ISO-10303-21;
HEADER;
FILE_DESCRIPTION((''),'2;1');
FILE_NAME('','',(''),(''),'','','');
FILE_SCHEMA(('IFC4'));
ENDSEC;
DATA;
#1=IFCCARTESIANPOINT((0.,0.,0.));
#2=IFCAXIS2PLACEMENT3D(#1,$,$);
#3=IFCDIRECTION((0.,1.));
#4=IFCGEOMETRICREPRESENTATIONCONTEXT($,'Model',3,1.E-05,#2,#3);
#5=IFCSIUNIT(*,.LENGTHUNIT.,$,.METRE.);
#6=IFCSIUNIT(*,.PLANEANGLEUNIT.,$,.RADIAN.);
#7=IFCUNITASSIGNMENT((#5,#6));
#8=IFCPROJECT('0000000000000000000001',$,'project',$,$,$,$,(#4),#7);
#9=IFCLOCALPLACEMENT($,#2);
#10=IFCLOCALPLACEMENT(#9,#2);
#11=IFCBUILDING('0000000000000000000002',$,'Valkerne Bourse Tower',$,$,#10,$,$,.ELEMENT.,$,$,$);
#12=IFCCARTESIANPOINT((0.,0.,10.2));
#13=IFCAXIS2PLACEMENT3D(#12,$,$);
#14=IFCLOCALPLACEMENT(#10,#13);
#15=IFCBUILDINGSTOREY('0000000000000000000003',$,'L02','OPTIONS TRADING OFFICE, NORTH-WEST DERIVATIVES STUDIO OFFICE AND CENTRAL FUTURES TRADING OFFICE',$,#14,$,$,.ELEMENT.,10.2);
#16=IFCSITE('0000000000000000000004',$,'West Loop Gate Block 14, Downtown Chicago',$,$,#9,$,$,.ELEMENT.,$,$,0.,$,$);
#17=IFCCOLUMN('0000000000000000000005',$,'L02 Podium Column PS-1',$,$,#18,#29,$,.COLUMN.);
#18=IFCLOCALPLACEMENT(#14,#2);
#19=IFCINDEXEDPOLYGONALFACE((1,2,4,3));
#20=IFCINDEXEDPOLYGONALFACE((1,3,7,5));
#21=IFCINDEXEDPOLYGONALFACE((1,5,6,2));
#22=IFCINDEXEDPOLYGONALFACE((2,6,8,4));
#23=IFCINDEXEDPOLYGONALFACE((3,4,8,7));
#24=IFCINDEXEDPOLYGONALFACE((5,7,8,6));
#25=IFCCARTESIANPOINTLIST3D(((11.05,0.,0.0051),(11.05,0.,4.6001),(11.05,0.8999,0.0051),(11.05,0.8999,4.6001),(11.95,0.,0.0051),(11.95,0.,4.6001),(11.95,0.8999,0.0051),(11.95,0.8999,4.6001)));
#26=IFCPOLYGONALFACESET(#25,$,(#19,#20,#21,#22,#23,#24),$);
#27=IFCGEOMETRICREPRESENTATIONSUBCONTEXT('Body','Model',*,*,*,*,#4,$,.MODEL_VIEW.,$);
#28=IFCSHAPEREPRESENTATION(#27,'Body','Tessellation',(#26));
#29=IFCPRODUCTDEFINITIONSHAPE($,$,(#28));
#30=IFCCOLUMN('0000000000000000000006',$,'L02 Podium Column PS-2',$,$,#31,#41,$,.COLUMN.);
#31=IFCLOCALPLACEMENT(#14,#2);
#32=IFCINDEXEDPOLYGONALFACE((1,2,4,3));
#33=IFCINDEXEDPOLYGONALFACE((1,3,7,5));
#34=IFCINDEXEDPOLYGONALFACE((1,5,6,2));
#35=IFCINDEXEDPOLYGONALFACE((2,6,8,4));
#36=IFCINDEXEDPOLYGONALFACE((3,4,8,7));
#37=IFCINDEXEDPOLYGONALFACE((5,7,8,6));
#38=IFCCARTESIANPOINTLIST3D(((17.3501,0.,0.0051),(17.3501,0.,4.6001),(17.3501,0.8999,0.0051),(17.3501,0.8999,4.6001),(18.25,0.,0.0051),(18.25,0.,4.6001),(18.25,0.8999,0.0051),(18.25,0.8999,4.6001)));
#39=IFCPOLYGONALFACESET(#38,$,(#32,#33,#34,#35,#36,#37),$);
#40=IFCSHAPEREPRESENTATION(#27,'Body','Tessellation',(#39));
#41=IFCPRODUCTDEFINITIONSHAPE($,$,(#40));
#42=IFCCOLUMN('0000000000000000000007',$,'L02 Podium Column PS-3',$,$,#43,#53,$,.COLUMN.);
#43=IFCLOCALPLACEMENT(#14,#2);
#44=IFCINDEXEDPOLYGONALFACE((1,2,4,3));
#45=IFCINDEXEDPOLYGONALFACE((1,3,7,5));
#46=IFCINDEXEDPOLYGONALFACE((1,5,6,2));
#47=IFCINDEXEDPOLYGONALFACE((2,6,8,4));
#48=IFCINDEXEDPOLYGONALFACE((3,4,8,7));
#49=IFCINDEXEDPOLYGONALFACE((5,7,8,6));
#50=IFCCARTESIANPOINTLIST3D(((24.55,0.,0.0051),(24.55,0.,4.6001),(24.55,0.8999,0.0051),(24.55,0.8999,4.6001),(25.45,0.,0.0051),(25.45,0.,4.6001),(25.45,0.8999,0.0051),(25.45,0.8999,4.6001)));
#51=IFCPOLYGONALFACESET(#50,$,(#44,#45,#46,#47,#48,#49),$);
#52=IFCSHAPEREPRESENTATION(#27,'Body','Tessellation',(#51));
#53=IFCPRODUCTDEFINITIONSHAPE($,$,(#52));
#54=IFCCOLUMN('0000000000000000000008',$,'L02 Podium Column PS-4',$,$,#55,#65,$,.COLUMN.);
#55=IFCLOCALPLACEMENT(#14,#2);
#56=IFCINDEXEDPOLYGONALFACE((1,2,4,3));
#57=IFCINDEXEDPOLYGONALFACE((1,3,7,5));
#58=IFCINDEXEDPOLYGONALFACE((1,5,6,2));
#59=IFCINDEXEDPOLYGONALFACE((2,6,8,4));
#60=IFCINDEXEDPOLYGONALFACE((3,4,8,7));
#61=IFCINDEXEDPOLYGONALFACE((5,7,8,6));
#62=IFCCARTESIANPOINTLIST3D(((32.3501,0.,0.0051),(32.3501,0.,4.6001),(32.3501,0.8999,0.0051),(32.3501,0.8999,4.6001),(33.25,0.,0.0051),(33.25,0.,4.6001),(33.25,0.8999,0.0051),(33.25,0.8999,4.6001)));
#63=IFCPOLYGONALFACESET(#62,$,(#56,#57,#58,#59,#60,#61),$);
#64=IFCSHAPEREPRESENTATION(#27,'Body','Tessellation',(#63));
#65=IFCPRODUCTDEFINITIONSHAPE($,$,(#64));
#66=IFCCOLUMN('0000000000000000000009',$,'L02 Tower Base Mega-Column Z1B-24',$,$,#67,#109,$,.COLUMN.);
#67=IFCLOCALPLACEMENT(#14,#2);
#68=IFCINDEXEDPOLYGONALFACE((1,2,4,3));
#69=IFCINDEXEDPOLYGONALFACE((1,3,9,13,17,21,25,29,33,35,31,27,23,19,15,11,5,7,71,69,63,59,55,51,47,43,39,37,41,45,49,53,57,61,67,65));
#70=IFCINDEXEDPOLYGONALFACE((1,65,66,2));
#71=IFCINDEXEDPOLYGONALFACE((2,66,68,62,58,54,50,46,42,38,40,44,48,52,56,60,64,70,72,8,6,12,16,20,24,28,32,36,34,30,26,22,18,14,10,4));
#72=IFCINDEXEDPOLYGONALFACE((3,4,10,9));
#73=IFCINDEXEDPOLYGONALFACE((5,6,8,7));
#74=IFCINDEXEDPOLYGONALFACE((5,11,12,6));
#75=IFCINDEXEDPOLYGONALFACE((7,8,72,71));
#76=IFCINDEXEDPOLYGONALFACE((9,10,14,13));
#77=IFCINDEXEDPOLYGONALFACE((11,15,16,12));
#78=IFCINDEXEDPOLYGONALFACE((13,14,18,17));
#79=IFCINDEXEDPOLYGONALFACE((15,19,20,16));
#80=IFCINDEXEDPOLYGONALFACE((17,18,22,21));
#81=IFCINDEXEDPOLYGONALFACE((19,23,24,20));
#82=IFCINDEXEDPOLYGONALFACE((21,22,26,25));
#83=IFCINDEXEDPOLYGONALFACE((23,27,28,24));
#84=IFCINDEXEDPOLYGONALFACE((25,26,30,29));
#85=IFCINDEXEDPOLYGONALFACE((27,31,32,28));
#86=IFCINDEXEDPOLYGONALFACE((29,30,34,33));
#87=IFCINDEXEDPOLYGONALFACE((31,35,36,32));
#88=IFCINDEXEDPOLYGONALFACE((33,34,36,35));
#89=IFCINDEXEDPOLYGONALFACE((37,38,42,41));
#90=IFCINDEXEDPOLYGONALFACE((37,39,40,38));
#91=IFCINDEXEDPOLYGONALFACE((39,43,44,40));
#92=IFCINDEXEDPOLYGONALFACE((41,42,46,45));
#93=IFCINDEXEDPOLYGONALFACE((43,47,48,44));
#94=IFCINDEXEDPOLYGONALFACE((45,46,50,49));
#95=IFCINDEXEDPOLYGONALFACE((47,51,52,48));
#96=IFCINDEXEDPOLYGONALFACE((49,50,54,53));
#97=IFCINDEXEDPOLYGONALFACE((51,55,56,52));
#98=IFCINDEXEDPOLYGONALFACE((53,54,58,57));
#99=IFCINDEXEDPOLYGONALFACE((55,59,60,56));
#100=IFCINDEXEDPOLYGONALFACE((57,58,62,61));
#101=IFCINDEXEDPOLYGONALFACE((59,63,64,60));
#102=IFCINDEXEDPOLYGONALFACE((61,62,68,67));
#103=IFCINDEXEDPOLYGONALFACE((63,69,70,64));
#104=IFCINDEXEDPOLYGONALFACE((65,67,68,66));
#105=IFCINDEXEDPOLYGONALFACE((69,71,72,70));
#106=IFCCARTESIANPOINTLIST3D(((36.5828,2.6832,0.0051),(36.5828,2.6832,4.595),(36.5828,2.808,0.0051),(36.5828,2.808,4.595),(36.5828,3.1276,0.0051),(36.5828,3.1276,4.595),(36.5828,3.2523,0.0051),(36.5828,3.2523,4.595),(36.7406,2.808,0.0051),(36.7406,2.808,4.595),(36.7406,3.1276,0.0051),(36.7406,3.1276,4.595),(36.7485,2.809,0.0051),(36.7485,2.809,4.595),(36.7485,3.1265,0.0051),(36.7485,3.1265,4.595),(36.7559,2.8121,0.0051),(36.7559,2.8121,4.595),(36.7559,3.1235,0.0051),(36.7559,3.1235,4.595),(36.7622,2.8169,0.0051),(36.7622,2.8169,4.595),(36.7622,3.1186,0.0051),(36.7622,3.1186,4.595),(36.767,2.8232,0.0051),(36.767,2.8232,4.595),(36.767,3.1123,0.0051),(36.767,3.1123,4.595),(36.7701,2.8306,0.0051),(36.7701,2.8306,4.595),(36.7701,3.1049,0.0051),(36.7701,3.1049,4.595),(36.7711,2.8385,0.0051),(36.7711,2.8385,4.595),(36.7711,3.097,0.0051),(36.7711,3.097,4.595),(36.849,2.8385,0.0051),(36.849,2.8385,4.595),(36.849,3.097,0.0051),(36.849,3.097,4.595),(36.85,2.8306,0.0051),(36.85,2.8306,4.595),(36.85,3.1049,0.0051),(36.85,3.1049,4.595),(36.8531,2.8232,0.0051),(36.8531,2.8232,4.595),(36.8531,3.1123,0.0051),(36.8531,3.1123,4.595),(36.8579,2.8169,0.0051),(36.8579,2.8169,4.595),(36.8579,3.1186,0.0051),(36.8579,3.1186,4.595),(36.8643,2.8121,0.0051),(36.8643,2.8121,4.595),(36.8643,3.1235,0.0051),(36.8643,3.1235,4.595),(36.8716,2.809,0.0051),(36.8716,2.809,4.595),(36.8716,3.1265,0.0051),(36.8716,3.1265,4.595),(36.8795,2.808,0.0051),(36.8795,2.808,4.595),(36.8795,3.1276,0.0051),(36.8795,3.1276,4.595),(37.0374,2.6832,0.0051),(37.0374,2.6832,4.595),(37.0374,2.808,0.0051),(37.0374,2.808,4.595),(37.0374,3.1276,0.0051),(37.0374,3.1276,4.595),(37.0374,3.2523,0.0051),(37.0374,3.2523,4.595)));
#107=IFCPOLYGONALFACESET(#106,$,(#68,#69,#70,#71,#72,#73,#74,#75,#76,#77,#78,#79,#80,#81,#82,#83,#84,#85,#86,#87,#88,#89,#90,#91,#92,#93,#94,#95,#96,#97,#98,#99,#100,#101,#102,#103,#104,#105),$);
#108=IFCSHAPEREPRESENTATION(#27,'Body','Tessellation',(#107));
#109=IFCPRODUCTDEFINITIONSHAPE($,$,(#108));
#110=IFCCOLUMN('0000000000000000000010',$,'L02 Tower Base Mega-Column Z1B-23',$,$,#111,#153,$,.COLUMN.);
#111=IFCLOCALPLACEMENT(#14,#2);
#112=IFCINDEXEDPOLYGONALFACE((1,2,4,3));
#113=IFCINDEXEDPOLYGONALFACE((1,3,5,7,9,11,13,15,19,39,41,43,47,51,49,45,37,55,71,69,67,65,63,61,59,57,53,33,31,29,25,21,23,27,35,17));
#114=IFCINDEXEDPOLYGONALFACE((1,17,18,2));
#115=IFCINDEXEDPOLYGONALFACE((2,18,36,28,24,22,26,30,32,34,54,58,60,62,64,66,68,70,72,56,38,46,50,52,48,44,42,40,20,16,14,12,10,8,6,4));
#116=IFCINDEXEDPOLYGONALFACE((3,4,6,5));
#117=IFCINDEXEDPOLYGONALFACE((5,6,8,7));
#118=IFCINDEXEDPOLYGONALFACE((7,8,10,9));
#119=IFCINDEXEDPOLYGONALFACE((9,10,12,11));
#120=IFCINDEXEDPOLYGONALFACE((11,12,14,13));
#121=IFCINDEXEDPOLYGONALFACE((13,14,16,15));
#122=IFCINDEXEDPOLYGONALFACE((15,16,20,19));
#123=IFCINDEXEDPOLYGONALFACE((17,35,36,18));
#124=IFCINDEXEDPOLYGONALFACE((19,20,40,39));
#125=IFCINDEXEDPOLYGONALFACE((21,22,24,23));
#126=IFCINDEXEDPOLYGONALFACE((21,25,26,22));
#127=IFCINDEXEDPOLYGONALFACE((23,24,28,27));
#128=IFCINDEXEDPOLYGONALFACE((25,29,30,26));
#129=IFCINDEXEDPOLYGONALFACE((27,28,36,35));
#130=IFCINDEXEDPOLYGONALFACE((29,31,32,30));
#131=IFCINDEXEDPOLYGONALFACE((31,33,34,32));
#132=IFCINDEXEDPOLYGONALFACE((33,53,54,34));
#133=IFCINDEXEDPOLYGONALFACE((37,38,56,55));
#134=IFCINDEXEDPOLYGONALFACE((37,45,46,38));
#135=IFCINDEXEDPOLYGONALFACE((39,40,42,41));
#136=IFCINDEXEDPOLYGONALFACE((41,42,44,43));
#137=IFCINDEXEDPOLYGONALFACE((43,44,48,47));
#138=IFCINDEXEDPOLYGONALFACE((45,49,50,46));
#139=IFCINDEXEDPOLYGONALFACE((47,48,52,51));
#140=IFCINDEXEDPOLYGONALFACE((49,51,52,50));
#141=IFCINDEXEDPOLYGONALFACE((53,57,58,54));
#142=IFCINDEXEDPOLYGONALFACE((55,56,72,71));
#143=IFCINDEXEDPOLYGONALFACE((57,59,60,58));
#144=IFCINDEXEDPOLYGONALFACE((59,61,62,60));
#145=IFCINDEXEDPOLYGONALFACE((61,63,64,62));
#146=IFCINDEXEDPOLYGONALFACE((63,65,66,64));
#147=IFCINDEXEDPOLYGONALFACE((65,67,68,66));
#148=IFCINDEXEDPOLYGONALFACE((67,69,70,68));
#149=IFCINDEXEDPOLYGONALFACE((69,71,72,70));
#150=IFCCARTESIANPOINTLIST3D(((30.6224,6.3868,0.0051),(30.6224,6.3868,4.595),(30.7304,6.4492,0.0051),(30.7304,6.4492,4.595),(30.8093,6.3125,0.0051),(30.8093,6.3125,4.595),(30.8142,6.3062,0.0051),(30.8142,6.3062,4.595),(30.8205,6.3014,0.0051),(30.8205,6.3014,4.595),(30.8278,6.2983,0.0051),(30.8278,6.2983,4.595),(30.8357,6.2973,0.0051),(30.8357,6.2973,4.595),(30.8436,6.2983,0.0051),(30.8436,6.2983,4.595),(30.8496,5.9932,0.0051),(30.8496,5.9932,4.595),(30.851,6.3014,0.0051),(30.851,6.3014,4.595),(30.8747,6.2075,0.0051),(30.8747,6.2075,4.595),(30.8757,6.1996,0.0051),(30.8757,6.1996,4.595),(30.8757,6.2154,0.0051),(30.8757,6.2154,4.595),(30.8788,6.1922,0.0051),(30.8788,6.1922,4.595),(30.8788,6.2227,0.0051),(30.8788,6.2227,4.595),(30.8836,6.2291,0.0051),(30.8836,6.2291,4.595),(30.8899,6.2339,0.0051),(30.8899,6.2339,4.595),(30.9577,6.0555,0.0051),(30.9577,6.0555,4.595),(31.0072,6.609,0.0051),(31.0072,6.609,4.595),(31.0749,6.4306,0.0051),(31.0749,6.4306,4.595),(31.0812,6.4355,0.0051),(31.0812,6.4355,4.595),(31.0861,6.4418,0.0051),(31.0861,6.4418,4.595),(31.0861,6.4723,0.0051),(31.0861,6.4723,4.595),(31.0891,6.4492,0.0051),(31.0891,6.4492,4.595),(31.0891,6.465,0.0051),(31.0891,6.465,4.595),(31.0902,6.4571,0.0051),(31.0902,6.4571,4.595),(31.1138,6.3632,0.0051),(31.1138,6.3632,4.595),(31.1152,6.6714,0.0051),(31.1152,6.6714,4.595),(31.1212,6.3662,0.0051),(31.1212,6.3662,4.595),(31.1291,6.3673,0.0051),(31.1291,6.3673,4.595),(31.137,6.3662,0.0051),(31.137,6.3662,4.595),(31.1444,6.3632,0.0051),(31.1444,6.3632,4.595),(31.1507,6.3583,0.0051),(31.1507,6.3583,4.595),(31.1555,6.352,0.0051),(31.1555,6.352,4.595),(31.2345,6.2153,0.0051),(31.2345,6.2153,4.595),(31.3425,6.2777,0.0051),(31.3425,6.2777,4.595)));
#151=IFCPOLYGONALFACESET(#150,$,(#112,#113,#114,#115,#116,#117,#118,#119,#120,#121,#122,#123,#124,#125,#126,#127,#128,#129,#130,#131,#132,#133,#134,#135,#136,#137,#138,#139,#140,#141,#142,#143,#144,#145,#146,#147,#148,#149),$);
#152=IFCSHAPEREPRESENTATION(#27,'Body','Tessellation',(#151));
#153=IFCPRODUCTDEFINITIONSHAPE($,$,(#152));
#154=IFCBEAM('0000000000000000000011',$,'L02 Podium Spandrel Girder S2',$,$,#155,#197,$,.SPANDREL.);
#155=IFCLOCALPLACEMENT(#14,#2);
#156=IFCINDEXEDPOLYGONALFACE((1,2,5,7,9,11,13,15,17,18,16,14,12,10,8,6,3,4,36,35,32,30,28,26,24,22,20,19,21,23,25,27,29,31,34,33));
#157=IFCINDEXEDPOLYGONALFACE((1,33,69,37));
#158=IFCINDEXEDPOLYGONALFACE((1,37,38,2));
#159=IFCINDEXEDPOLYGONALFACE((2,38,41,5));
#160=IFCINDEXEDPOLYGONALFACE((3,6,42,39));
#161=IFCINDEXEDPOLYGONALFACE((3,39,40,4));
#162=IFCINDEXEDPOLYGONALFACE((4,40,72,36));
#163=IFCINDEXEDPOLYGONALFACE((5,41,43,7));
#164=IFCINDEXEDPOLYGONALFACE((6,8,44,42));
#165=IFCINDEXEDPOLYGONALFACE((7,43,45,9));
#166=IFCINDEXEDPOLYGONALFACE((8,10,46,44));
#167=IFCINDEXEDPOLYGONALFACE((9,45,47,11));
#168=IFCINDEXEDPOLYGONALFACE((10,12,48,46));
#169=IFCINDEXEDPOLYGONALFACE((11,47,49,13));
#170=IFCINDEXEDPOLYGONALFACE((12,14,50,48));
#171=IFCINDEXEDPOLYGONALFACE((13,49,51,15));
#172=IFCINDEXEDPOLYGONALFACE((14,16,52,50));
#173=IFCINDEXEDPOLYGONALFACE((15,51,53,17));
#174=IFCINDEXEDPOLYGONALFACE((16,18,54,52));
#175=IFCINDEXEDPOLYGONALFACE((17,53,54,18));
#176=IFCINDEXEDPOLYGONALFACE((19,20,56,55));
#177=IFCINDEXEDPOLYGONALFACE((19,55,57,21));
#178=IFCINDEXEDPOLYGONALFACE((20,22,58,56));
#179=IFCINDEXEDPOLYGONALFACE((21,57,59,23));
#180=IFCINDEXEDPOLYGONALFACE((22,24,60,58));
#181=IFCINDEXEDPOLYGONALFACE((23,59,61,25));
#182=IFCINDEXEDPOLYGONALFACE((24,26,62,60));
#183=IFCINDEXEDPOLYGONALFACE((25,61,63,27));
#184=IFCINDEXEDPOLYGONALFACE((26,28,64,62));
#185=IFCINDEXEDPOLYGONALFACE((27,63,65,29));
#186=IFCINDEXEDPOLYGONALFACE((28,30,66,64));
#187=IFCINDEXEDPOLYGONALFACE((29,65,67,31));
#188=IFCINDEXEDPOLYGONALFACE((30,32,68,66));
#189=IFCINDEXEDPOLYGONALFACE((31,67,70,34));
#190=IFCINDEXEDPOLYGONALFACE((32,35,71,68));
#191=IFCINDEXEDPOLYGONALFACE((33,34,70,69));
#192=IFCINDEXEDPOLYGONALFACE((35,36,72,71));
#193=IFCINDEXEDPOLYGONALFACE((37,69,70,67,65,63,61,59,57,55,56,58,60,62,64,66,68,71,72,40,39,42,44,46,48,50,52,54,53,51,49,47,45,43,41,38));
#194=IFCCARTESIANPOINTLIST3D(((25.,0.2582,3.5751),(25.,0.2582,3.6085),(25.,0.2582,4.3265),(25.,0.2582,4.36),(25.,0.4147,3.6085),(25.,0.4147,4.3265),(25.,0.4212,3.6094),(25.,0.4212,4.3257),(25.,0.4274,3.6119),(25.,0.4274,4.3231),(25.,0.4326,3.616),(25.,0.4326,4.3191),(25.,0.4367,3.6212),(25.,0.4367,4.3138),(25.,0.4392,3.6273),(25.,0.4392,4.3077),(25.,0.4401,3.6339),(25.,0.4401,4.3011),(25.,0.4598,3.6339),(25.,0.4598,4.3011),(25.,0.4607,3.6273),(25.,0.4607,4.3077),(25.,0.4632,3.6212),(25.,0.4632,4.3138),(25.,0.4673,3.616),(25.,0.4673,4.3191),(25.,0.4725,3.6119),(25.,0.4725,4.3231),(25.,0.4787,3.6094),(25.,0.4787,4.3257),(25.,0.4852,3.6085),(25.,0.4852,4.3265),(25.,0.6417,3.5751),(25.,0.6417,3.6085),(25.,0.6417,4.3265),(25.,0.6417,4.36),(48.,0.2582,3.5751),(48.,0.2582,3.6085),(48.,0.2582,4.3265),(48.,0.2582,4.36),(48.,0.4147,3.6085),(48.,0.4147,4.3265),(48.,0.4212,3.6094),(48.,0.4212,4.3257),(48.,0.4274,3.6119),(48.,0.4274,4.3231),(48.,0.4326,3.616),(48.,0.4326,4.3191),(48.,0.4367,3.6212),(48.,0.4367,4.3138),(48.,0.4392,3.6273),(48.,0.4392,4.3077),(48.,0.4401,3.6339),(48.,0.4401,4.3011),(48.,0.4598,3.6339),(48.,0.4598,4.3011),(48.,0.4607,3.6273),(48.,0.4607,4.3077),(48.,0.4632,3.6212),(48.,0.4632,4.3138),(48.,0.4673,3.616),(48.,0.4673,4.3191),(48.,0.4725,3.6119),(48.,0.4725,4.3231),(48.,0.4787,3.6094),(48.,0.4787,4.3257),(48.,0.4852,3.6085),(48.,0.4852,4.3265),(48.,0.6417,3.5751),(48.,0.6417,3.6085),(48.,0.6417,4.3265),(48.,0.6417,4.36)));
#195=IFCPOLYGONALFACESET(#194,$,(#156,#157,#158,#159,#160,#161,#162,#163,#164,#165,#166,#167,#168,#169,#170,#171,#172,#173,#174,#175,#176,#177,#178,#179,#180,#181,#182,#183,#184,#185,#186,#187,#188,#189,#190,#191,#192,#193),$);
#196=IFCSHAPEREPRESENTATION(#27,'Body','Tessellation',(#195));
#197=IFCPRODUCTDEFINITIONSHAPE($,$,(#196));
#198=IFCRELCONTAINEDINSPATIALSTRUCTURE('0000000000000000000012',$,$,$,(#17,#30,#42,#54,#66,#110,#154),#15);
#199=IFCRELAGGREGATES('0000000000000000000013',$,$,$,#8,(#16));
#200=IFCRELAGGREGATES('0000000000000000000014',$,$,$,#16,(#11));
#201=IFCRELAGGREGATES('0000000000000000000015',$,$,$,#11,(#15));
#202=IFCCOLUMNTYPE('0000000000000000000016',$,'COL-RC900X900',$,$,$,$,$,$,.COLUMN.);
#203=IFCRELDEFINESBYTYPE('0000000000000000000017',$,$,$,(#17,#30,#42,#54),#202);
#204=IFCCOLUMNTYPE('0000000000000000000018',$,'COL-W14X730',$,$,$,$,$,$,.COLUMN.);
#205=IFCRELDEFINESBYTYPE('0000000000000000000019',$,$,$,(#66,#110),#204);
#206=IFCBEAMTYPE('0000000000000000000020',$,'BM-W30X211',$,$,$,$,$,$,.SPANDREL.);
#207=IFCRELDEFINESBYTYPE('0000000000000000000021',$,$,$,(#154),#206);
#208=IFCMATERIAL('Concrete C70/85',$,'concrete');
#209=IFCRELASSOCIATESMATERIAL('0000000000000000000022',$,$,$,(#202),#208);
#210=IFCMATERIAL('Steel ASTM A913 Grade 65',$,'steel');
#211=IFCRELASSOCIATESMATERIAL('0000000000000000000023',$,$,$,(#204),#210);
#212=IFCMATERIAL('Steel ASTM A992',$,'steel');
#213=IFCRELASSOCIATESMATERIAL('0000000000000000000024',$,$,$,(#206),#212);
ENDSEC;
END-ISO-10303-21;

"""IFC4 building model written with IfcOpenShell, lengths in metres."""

from ifc_helpers import new_model, si_unit, direction, frame, origin, origin_2d, place, context, subcontext, project, spatial, rectangle, i_section, extrude, material, material_profile, profile_set, type_object, element, save


model = new_model("IFC4")

# Units and contexts
model_context = context("Model", 3, precision=1e-05, world=origin(), true_north=direction((0.0, 1.0)))
body_context = subcontext(model_context, "Body", "Model", "MODEL_VIEW")
ifc_project = project(units=[si_unit("LENGTHUNIT", "METRE"), si_unit("PLANEANGLEUNIT", "RADIAN")], contexts=[model_context])

# Site, building, storey
site_placement = place(None, origin())
site = spatial("IfcSite", under=ifc_project, at=site_placement, Name="West Loop Gate Block 14, Downtown Chicago", CompositionType="ELEMENT", RefElevation=0.0)
building_placement = place(site_placement, origin())
building = spatial("IfcBuilding", under=site, at=building_placement, Name="Valkerne Bourse Tower", CompositionType="ELEMENT")
storey_placement = place(building_placement, frame((0.0, 0.0, 10.2)))
storey = spatial("IfcBuildingStorey", under=building, at=storey_placement, Name="L02", Description="OPTIONS TRADING OFFICE, NORTH-WEST DERIVATIVES STUDIO OFFICE AND CENTRAL FUTURES TRADING OFFICE", CompositionType="ELEMENT", Elevation=10.2)

# Columns
ifc_material_1 = material(Name="Concrete C70/85", Category="concrete")
ifc_material_profile_1 = material_profile(ifc_material_1, rectangle(XDim=0.8999, YDim=0.8999, at=origin_2d()), Name="RC900X900")
ifc_profile_set_1 = profile_set([ifc_material_profile_1], Name="Concrete C70/85")
column_type_1 = type_object("IfcColumnType", Name="COL-RC900X900", PredefinedType="COLUMN", material=ifc_profile_set_1)
for number, where, z_axis, x_axis, name in (
    (1, (11.5, 0.45, 0.0051), (0.0, 0.0, 1.0), (1.0, 0.0, 0.0), "L02 Podium Column PS-1"),
    (2, (17.8, 0.45, 0.0051), (0.0, 0.0, 1.0), (1.0, 0.0, 0.0), "L02 Podium Column PS-2"),
    (3, (25.0, 0.45, 0.0051), (0.0, 0.0, 1.0), (1.0, 0.0, 0.0), "L02 Podium Column PS-3"),
    (4, (32.8, 0.45, 0.0051), (0.0, 0.0, 1.0), (1.0, 0.0, 0.0), "L02 Podium Column PS-4"),
):
    element("IfcColumn", number, at=place(storey_placement, frame(where, z_axis=z_axis, x_axis=x_axis)), inside=storey, type_object=column_type_1, Name=name, PredefinedType="COLUMN", context=body_context, shape_type="SweptSolid", body=[
        extrude(rectangle(XDim=0.8999, YDim=0.8999, at=origin_2d()), origin(), (0.0, 0.0, 1.0), 4.595),
    ])
ifc_material_2 = material(Name="Steel ASTM A913 Grade 65", Category="steel")
ifc_material_profile_2 = material_profile(ifc_material_2, i_section(OverallWidth=0.4546, OverallDepth=0.5691, WebThickness=0.0779, FlangeThickness=0.1248, FilletRadius=0.0305, at=origin_2d()), Name="W14X730")
ifc_profile_set_2 = profile_set([ifc_material_profile_2], Name="Steel ASTM A913 Grade 65")
column_type_2 = type_object("IfcColumnType", Name="COL-W14X730", PredefinedType="COLUMN", material=ifc_profile_set_2)
for number, where, z_axis, x_axis, name in (
    (5, (36.8101, 2.9678, 0.0051), (0.0, 0.0, 1.0), (1.0, 0.0, 0.0), "L02 Tower Base Mega-Column Z1B-24"),
    (6, (30.9824, 6.3323, 0.0051), (0.0, 0.0, 1.0), (0.5, -0.866025, 0.0), "L02 Tower Base Mega-Column Z1B-23"),
):
    element("IfcColumn", number, at=place(storey_placement, frame(where, z_axis=z_axis, x_axis=x_axis)), inside=storey, type_object=column_type_2, Name=name, PredefinedType="COLUMN", context=body_context, shape_type="SweptSolid", body=[
        extrude(i_section(OverallWidth=0.4546, OverallDepth=0.5691, WebThickness=0.0779, FlangeThickness=0.1248, FilletRadius=0.0305, at=origin_2d()), origin(), (0.0, 0.0, 1.0), 4.5898),
    ])

# Beam
ifc_material_3 = material(Name="Steel ASTM A992", Category="steel")
ifc_material_profile_3 = material_profile(ifc_material_3, i_section(OverallWidth=0.3835, OverallDepth=0.7849, WebThickness=0.0198, FlangeThickness=0.0334, FilletRadius=0.0254, at=origin_2d()), Name="W30X211")
ifc_profile_set_3 = profile_set([ifc_material_profile_3], Name="Steel ASTM A992")
beam_type = type_object("IfcBeamType", Name="BM-W30X211", PredefinedType="SPANDREL", material=ifc_profile_set_3)
beam_placement = place(storey_placement, frame((25.0, 0.45, 3.9675), z_axis=(1.0, 0.0, 0.0), x_axis=(0.0, 1.0, 0.0)))
element("IfcBeam", 7, at=beam_placement, inside=storey, type_object=beam_type, Name="L02 Podium Spandrel Girder S2", PredefinedType="SPANDREL", context=body_context, shape_type="SweptSolid", body=[
    extrude(i_section(OverallWidth=0.3835, OverallDepth=0.7849, WebThickness=0.0198, FlangeThickness=0.0334, FilletRadius=0.0254, at=origin_2d()), origin(), (0.0, 0.0, 1.0), 23.0),
])

save(model, "model.ifc")
